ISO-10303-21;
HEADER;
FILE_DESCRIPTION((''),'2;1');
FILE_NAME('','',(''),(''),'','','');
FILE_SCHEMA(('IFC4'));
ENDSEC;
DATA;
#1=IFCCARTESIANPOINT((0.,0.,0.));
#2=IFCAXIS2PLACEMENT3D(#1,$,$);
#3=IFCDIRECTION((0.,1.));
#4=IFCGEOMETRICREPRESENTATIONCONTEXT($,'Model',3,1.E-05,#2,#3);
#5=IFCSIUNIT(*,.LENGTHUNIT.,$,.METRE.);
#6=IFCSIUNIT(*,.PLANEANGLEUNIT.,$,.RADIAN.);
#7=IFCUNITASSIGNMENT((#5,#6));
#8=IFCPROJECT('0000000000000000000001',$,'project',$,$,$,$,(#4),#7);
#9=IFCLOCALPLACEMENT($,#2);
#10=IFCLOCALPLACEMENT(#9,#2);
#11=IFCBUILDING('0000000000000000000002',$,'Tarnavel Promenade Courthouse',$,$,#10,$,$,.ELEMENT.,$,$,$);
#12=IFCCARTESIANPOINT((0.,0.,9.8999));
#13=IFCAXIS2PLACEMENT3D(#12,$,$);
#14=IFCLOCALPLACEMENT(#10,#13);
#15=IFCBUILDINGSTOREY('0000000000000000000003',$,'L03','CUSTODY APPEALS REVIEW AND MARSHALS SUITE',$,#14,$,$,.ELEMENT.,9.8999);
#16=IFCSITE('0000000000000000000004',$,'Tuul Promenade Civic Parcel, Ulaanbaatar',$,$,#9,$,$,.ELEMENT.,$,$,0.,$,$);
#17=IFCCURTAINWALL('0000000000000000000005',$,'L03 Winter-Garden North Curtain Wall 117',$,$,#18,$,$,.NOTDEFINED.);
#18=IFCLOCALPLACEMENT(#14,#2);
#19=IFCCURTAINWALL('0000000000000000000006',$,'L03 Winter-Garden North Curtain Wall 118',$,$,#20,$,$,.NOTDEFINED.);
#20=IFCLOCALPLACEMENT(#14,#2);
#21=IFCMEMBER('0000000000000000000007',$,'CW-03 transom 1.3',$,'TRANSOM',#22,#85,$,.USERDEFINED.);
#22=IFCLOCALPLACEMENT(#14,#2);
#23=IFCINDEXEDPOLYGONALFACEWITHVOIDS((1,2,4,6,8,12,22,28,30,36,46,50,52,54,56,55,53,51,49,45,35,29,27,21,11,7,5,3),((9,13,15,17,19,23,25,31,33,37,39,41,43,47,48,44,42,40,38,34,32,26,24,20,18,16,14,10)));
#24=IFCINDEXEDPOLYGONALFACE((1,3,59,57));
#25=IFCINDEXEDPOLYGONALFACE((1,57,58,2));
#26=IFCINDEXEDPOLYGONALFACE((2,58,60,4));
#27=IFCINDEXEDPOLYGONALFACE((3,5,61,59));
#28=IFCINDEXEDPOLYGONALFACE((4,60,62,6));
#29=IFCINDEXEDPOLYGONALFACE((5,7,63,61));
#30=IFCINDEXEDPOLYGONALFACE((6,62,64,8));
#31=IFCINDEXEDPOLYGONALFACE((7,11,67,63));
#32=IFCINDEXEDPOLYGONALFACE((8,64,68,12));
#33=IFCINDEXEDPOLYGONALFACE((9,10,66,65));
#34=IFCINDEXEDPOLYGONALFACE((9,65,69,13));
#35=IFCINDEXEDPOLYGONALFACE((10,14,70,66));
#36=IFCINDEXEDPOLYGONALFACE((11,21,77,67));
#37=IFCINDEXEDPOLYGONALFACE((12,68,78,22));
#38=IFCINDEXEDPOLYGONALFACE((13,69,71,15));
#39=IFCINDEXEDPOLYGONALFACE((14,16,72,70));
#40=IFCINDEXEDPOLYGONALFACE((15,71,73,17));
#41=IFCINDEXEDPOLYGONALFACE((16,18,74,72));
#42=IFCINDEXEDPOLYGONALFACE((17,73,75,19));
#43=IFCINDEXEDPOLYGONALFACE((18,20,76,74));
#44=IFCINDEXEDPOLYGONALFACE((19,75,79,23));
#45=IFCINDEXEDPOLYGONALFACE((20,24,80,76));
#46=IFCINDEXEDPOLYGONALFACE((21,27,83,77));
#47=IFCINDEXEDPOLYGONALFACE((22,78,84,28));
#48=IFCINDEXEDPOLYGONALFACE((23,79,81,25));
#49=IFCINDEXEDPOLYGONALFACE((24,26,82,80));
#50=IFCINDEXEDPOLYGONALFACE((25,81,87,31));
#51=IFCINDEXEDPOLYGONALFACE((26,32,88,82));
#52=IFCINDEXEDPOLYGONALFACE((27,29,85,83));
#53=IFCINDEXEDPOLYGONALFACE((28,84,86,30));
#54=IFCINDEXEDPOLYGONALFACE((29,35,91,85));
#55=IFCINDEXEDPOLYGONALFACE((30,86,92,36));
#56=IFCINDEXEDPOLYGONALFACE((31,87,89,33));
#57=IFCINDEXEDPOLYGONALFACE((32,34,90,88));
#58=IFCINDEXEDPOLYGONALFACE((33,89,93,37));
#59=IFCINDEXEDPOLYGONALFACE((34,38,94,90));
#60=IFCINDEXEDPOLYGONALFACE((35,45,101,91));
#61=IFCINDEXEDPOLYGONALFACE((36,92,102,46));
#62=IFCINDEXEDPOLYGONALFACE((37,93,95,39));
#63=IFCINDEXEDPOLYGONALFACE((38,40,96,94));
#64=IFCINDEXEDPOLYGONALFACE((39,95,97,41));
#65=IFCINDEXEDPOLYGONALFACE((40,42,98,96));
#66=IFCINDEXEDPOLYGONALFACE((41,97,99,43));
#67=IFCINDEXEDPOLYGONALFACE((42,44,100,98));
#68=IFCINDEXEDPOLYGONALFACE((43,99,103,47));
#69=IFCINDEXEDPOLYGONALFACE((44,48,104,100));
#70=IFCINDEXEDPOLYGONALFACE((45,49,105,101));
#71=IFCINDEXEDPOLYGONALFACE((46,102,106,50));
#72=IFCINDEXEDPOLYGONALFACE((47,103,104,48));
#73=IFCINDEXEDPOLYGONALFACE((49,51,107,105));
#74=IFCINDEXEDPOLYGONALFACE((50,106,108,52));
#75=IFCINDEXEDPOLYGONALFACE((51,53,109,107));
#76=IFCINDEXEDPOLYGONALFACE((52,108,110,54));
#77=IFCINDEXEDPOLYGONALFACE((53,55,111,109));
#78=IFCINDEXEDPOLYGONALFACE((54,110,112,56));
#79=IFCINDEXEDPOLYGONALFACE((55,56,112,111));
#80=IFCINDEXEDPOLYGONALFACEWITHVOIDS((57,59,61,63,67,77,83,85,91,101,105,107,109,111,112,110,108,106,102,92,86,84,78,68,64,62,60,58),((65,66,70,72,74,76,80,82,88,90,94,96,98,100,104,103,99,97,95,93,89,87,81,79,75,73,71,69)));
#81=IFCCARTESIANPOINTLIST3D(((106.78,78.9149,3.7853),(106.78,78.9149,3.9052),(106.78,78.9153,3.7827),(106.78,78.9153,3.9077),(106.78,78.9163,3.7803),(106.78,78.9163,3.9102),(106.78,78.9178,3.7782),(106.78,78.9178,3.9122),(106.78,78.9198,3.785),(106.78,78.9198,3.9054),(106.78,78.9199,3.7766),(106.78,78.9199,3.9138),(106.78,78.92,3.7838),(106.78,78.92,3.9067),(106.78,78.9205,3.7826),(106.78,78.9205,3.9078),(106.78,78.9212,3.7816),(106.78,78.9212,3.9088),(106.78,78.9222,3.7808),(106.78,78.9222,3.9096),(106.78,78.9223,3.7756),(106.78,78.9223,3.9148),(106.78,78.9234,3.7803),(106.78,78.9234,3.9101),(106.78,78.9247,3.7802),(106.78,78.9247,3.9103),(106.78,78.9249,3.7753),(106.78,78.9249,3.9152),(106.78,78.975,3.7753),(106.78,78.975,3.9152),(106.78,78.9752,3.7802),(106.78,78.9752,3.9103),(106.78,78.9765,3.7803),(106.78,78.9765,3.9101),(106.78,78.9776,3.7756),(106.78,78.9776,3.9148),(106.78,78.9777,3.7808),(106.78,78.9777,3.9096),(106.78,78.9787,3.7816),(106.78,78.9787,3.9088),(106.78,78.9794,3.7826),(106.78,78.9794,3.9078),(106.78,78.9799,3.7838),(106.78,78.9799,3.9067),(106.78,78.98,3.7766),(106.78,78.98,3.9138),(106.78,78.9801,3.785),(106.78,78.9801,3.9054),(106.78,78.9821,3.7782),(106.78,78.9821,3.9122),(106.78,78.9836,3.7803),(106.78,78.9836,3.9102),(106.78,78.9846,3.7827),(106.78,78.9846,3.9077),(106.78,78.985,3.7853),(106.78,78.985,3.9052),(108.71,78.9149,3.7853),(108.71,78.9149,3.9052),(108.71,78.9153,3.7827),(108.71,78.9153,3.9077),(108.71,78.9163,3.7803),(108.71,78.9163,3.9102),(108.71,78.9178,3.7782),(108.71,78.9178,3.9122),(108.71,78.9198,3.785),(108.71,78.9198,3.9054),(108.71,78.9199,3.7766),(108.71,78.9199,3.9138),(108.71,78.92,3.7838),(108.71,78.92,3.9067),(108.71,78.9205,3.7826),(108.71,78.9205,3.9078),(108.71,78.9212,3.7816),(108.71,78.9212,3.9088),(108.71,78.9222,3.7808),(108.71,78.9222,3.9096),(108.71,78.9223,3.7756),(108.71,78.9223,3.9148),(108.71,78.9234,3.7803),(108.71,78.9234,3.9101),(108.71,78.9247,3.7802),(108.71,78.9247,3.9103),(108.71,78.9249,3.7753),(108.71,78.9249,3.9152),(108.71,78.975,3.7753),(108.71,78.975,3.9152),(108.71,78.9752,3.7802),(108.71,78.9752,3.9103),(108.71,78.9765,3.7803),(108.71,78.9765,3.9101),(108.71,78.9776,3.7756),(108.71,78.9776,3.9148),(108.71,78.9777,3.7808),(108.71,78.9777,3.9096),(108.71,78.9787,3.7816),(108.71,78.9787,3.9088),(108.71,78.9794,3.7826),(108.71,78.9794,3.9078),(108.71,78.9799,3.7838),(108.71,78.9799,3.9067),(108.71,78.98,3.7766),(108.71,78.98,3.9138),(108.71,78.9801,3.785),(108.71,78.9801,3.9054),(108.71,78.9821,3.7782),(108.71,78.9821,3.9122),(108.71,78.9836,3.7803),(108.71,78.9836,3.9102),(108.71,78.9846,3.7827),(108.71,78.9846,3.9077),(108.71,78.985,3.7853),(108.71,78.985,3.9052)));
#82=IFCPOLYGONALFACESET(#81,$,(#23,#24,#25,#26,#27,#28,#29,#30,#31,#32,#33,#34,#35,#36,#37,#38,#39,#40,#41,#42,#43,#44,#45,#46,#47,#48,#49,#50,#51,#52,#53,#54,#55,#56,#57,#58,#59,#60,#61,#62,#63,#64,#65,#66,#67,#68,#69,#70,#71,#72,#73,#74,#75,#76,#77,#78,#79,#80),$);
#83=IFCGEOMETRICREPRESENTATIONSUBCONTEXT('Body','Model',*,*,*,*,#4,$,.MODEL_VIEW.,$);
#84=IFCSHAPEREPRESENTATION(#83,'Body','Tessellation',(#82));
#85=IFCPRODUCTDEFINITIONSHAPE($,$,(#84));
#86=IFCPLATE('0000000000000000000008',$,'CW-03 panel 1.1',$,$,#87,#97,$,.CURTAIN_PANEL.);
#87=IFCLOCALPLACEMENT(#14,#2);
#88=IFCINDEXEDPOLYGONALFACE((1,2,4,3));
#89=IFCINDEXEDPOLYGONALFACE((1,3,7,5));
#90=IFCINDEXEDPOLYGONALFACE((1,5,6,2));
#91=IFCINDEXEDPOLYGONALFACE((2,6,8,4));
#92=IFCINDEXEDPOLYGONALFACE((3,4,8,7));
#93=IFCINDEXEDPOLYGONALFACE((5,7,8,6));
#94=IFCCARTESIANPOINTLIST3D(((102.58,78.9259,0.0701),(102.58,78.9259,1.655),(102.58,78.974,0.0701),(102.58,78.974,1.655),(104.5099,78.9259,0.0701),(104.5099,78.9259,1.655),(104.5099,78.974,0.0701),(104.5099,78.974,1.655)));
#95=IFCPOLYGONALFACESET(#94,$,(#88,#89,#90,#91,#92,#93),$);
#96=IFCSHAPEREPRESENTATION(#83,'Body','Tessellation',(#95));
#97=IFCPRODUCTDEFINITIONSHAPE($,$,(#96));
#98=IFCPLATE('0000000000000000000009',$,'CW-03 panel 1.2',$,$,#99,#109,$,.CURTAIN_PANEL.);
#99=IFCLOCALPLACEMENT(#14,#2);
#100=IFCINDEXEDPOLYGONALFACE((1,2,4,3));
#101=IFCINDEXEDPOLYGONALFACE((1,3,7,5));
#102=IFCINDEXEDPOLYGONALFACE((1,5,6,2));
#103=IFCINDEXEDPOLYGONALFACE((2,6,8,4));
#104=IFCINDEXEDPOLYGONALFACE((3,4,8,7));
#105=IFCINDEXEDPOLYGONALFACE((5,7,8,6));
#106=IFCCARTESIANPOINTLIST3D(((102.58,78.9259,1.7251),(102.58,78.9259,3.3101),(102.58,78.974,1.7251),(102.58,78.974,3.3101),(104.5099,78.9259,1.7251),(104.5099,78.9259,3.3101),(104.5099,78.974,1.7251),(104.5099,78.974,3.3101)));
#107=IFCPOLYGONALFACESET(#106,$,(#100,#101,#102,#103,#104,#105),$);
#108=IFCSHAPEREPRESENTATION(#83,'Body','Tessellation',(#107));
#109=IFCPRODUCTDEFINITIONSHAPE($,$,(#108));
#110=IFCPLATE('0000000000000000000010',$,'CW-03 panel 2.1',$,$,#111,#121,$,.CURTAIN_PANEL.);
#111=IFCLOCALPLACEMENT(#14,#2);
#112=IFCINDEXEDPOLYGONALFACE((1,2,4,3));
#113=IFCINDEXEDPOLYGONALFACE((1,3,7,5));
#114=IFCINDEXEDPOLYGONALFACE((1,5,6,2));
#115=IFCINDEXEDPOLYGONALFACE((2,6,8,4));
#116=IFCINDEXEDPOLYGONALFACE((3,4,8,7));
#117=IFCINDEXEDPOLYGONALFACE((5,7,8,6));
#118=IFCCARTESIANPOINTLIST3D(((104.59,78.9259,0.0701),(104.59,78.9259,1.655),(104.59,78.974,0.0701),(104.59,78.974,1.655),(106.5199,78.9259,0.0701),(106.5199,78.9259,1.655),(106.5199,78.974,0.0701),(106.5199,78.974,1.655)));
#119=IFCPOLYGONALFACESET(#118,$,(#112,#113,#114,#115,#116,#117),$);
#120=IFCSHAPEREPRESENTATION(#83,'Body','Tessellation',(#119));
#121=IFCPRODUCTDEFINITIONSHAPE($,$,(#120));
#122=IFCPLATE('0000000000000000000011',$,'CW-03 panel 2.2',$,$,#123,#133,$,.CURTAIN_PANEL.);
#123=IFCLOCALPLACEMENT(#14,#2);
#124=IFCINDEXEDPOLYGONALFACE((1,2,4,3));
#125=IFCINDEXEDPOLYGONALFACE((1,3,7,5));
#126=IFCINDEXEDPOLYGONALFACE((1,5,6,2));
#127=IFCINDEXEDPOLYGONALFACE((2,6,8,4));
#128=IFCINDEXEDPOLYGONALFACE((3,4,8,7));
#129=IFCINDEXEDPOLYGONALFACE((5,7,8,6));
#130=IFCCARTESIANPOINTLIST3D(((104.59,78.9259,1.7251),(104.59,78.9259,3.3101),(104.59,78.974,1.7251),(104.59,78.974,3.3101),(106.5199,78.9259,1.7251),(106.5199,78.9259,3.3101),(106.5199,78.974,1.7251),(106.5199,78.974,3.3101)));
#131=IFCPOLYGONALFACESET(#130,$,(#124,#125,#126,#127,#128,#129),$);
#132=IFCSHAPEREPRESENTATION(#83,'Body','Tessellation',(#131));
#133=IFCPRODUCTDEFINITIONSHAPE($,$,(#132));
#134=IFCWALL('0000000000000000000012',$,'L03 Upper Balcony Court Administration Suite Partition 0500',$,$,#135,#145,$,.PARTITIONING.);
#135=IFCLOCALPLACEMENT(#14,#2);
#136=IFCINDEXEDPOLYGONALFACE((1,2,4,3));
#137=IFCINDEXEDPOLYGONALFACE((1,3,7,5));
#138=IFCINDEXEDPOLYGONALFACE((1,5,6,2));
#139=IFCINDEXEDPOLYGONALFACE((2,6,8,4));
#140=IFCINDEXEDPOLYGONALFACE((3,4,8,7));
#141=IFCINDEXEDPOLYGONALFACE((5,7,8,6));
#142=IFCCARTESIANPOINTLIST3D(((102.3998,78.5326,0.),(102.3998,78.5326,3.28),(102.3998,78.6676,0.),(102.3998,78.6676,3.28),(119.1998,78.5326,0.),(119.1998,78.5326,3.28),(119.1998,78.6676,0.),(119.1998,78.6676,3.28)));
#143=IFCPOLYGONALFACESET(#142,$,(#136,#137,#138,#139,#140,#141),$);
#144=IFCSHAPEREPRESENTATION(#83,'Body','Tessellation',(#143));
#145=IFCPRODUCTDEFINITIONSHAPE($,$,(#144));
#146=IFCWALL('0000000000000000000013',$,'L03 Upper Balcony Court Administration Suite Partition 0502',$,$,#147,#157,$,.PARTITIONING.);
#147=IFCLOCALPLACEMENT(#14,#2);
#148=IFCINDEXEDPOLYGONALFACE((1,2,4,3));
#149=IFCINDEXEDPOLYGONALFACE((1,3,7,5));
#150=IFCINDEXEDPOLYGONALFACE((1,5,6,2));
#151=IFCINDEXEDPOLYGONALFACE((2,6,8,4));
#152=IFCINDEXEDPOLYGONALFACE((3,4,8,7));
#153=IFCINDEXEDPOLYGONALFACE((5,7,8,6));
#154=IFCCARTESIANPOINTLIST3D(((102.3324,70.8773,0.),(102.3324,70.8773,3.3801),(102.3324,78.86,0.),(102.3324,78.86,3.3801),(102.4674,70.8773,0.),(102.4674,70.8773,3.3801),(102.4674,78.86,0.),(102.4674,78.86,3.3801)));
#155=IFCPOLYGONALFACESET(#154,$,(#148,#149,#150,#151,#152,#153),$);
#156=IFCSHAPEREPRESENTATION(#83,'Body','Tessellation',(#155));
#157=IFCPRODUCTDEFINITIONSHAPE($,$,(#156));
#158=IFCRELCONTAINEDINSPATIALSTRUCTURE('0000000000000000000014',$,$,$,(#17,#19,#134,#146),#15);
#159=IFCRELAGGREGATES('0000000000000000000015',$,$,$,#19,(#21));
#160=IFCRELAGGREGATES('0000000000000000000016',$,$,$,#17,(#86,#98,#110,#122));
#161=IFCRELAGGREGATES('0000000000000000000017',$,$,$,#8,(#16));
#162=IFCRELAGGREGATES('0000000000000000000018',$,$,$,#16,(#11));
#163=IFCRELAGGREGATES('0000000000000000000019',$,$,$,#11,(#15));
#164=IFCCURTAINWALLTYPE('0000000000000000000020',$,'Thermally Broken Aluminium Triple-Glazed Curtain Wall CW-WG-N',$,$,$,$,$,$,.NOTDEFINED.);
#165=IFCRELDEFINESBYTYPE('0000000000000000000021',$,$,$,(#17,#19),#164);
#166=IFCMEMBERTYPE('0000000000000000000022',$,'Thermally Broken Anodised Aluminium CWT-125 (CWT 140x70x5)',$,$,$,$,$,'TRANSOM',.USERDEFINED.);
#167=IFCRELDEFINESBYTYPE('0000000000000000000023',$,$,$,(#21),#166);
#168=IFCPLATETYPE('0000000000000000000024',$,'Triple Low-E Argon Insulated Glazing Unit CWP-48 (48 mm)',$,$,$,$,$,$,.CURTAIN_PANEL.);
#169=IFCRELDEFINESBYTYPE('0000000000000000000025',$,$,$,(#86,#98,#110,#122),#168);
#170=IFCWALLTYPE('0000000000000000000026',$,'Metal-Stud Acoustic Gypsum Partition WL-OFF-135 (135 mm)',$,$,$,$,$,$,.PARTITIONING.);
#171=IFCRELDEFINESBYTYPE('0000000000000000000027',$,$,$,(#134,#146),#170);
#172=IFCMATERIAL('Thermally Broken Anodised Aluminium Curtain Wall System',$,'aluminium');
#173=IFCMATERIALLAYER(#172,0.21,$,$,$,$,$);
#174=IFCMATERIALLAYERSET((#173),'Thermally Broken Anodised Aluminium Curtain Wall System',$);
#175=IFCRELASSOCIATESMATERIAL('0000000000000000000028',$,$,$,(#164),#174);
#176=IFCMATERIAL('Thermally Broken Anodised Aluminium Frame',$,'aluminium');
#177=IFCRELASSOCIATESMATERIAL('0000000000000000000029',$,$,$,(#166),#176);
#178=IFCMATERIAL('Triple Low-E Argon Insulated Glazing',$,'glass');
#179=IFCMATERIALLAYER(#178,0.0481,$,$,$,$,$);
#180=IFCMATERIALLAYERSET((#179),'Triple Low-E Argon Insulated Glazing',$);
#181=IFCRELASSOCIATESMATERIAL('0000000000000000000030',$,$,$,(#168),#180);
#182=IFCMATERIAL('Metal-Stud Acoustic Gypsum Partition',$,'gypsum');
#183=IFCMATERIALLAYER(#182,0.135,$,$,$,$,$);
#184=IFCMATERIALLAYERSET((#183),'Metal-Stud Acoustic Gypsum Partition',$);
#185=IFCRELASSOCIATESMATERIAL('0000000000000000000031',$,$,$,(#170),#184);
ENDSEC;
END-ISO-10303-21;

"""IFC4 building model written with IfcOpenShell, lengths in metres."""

from ifc_helpers import new_model, si_unit, direction, frame, frame_2d, origin, origin_2d, place, context, subcontext, project, spatial, rectangle, hollow_rectangle, extrude, material, layer, layer_set, material_profile, profile_set, type_object, element, aggregate, save


model = new_model("IFC4")

# Units and contexts
model_context = context("Model", 3, precision=1e-05, world=origin(), true_north=direction((0.0, 1.0)))
body_context = subcontext(model_context, "Body", "Model", "MODEL_VIEW")
ifc_project = project(units=[si_unit("LENGTHUNIT", "METRE"), si_unit("PLANEANGLEUNIT", "RADIAN")], contexts=[model_context])

# Site, building, storey
site_placement = place(None, origin())
site = spatial("IfcSite", under=ifc_project, at=site_placement, Name="Tuul Promenade Civic Parcel, Ulaanbaatar", CompositionType="ELEMENT", RefElevation=0.0)
building_placement = place(site_placement, origin())
building = spatial("IfcBuilding", under=site, at=building_placement, Name="Tarnavel Promenade Courthouse", CompositionType="ELEMENT")
storey_placement = place(building_placement, frame((0.0, 0.0, 9.8999)))
storey = spatial("IfcBuildingStorey", under=building, at=storey_placement, Name="L03", Description="CUSTODY APPEALS REVIEW AND MARSHALS SUITE", CompositionType="ELEMENT", Elevation=9.8999)

# Curtain wall
ifc_material_1 = material(Name="Thermally Broken Anodised Aluminium Curtain Wall System", Category="aluminium")
ifc_layer_1 = layer(ifc_material_1, 0.21)
ifc_layer_set_1 = layer_set([ifc_layer_1], Name="Thermally Broken Anodised Aluminium Curtain Wall System")
curtain_wall_type = type_object("IfcCurtainWallType", Name="Thermally Broken Aluminium Triple-Glazed Curtain Wall CW-WG-N", PredefinedType="NOTDEFINED", material=ifc_layer_set_1)
curtain_wall_1_placement = place(storey_placement, origin())
curtain_wall_1 = element("IfcCurtainWall", 1, at=curtain_wall_1_placement, inside=storey, type_object=curtain_wall_type, Name="L03 Winter-Garden North Curtain Wall 117", PredefinedType="NOTDEFINED")
ifc_material_2 = material(Name="Thermally Broken Anodised Aluminium Frame", Category="aluminium")

# Curtain wall
curtain_wall_2_placement = place(storey_placement, origin())
curtain_wall_2 = element("IfcCurtainWall", 2, at=curtain_wall_2_placement, inside=storey, type_object=curtain_wall_type, Name="L03 Winter-Garden North Curtain Wall 118", PredefinedType="NOTDEFINED")

# Member
ifc_material_profile_1 = material_profile(ifc_material_2, hollow_rectangle(XDim=0.0701, YDim=0.1399, WallThickness=0.0049, InnerFilletRadius=0.0049, OuterFilletRadius=0.01, at=origin_2d()), Name="CWT 140x70x5")
ifc_profile_set_1 = profile_set([ifc_material_profile_1], Name="Thermally Broken Anodised Aluminium Frame")
member_type_1 = type_object("IfcMemberType", Name="Thermally Broken Anodised Aluminium CWT-125 (CWT 140x70x5)", ElementType="TRANSOM", PredefinedType="USERDEFINED", material=ifc_profile_set_1)
member_1_placement = place(storey_placement, frame((106.78, 78.95, 3.8452), z_axis=(1.0, 0.0, 0.0), x_axis=(0.0, 1.0, 0.0)))
member_1 = element("IfcMember", 3, at=member_1_placement, type_object=member_type_1, Name="CW-03 transom 1.3", ObjectType="TRANSOM", PredefinedType="USERDEFINED", context=body_context, shape_type="SweptSolid", body=[
    extrude(hollow_rectangle(XDim=0.0701, YDim=0.1399, WallThickness=0.0049, InnerFilletRadius=0.0049, OuterFilletRadius=0.01, at=origin_2d()), origin(), (0.0, 0.0, 1.0), 1.9299),
])
aggregate(curtain_wall_2, [member_1])

# Plates
ifc_material_3 = material(Name="Triple Low-E Argon Insulated Glazing", Category="glass")
ifc_layer_2 = layer(ifc_material_3, 0.0481)
ifc_layer_set_2 = layer_set([ifc_layer_2], Name="Triple Low-E Argon Insulated Glazing")
plate_type = type_object("IfcPlateType", Name="Triple Low-E Argon Insulated Glazing Unit CWP-48 (48 mm)", PredefinedType="CURTAIN_PANEL", material=ifc_layer_set_2)
plate_1_placement = place(storey_placement, frame((103.5449, 78.95, 0.0701), z_axis=(0.0, 0.0, 1.0), x_axis=(1.0, 0.0, 0.0)))
plate_1 = element("IfcPlate", 4, at=plate_1_placement, type_object=plate_type, Name="CW-03 panel 1.1", PredefinedType="CURTAIN_PANEL", context=body_context, shape_type="SweptSolid", body=[
    extrude(rectangle(XDim=1.9299, YDim=0.0481, at=origin_2d()), origin(), (0.0, 0.0, 1.0), 1.585),
])
plate_2_placement = place(storey_placement, frame((103.5449, 78.95, 1.7251), z_axis=(0.0, 0.0, 1.0), x_axis=(1.0, 0.0, 0.0)))
plate_2 = element("IfcPlate", 5, at=plate_2_placement, type_object=plate_type, Name="CW-03 panel 1.2", PredefinedType="CURTAIN_PANEL", context=body_context, shape_type="SweptSolid", body=[
    extrude(rectangle(XDim=1.9299, YDim=0.0481, at=origin_2d()), origin(), (0.0, 0.0, 1.0), 1.585),
])
plate_3_placement = place(storey_placement, frame((105.5549, 78.95, 0.0701), z_axis=(0.0, 0.0, 1.0), x_axis=(1.0, 0.0, 0.0)))
plate_3 = element("IfcPlate", 6, at=plate_3_placement, type_object=plate_type, Name="CW-03 panel 2.1", PredefinedType="CURTAIN_PANEL", context=body_context, shape_type="SweptSolid", body=[
    extrude(rectangle(XDim=1.9299, YDim=0.0481, at=origin_2d()), origin(), (0.0, 0.0, 1.0), 1.585),
])
plate_4_placement = place(storey_placement, frame((105.5549, 78.95, 1.7251), z_axis=(0.0, 0.0, 1.0), x_axis=(1.0, 0.0, 0.0)))
plate_4 = element("IfcPlate", 7, at=plate_4_placement, type_object=plate_type, Name="CW-03 panel 2.2", PredefinedType="CURTAIN_PANEL", context=body_context, shape_type="SweptSolid", body=[
    extrude(rectangle(XDim=1.9299, YDim=0.0481, at=origin_2d()), origin(), (0.0, 0.0, 1.0), 1.585),
])
aggregate(curtain_wall_1, [plate_1, plate_2, plate_3, plate_4])

# Walls
ifc_material_4 = material(Name="Metal-Stud Acoustic Gypsum Partition", Category="gypsum")
ifc_layer_3 = layer(ifc_material_4, 0.135)
ifc_layer_set_3 = layer_set([ifc_layer_3], Name="Metal-Stud Acoustic Gypsum Partition")
wall_type = type_object("IfcWallType", Name="Metal-Stud Acoustic Gypsum Partition WL-OFF-135 (135 mm)", PredefinedType="PARTITIONING", material=ifc_layer_set_3)
wall_1_placement = place(storey_placement, frame((102.3999, 78.6001, 0.0), z_axis=(0.0, 0.0, 1.0), x_axis=(1.0, 0.0, 0.0)))
element("IfcWall", 8, at=wall_1_placement, inside=storey, type_object=wall_type, Name="L03 Upper Balcony Court Administration Suite Partition 0500", PredefinedType="PARTITIONING", context=body_context, shape_type="SweptSolid", body=[
    extrude(rectangle(XDim=16.8, YDim=0.135, at=frame_2d((8.3999, 0.0))), origin(), (0.0, 0.0, 1.0), 3.28),
])
wall_2_placement = place(storey_placement, frame((102.3999, 70.8774, 0.0), z_axis=(0.0, 0.0, 1.0), x_axis=(0.0, 1.0, 0.0)))
element("IfcWall", 9, at=wall_2_placement, inside=storey, type_object=wall_type, Name="L03 Upper Balcony Court Administration Suite Partition 0502", PredefinedType="PARTITIONING", context=body_context, shape_type="SweptSolid", body=[
    extrude(rectangle(XDim=7.9827, YDim=0.135, at=frame_2d((3.9912, 0.0))), origin(), (0.0, 0.0, 1.0), 3.3801),
])

save(model, "model.ifc")
